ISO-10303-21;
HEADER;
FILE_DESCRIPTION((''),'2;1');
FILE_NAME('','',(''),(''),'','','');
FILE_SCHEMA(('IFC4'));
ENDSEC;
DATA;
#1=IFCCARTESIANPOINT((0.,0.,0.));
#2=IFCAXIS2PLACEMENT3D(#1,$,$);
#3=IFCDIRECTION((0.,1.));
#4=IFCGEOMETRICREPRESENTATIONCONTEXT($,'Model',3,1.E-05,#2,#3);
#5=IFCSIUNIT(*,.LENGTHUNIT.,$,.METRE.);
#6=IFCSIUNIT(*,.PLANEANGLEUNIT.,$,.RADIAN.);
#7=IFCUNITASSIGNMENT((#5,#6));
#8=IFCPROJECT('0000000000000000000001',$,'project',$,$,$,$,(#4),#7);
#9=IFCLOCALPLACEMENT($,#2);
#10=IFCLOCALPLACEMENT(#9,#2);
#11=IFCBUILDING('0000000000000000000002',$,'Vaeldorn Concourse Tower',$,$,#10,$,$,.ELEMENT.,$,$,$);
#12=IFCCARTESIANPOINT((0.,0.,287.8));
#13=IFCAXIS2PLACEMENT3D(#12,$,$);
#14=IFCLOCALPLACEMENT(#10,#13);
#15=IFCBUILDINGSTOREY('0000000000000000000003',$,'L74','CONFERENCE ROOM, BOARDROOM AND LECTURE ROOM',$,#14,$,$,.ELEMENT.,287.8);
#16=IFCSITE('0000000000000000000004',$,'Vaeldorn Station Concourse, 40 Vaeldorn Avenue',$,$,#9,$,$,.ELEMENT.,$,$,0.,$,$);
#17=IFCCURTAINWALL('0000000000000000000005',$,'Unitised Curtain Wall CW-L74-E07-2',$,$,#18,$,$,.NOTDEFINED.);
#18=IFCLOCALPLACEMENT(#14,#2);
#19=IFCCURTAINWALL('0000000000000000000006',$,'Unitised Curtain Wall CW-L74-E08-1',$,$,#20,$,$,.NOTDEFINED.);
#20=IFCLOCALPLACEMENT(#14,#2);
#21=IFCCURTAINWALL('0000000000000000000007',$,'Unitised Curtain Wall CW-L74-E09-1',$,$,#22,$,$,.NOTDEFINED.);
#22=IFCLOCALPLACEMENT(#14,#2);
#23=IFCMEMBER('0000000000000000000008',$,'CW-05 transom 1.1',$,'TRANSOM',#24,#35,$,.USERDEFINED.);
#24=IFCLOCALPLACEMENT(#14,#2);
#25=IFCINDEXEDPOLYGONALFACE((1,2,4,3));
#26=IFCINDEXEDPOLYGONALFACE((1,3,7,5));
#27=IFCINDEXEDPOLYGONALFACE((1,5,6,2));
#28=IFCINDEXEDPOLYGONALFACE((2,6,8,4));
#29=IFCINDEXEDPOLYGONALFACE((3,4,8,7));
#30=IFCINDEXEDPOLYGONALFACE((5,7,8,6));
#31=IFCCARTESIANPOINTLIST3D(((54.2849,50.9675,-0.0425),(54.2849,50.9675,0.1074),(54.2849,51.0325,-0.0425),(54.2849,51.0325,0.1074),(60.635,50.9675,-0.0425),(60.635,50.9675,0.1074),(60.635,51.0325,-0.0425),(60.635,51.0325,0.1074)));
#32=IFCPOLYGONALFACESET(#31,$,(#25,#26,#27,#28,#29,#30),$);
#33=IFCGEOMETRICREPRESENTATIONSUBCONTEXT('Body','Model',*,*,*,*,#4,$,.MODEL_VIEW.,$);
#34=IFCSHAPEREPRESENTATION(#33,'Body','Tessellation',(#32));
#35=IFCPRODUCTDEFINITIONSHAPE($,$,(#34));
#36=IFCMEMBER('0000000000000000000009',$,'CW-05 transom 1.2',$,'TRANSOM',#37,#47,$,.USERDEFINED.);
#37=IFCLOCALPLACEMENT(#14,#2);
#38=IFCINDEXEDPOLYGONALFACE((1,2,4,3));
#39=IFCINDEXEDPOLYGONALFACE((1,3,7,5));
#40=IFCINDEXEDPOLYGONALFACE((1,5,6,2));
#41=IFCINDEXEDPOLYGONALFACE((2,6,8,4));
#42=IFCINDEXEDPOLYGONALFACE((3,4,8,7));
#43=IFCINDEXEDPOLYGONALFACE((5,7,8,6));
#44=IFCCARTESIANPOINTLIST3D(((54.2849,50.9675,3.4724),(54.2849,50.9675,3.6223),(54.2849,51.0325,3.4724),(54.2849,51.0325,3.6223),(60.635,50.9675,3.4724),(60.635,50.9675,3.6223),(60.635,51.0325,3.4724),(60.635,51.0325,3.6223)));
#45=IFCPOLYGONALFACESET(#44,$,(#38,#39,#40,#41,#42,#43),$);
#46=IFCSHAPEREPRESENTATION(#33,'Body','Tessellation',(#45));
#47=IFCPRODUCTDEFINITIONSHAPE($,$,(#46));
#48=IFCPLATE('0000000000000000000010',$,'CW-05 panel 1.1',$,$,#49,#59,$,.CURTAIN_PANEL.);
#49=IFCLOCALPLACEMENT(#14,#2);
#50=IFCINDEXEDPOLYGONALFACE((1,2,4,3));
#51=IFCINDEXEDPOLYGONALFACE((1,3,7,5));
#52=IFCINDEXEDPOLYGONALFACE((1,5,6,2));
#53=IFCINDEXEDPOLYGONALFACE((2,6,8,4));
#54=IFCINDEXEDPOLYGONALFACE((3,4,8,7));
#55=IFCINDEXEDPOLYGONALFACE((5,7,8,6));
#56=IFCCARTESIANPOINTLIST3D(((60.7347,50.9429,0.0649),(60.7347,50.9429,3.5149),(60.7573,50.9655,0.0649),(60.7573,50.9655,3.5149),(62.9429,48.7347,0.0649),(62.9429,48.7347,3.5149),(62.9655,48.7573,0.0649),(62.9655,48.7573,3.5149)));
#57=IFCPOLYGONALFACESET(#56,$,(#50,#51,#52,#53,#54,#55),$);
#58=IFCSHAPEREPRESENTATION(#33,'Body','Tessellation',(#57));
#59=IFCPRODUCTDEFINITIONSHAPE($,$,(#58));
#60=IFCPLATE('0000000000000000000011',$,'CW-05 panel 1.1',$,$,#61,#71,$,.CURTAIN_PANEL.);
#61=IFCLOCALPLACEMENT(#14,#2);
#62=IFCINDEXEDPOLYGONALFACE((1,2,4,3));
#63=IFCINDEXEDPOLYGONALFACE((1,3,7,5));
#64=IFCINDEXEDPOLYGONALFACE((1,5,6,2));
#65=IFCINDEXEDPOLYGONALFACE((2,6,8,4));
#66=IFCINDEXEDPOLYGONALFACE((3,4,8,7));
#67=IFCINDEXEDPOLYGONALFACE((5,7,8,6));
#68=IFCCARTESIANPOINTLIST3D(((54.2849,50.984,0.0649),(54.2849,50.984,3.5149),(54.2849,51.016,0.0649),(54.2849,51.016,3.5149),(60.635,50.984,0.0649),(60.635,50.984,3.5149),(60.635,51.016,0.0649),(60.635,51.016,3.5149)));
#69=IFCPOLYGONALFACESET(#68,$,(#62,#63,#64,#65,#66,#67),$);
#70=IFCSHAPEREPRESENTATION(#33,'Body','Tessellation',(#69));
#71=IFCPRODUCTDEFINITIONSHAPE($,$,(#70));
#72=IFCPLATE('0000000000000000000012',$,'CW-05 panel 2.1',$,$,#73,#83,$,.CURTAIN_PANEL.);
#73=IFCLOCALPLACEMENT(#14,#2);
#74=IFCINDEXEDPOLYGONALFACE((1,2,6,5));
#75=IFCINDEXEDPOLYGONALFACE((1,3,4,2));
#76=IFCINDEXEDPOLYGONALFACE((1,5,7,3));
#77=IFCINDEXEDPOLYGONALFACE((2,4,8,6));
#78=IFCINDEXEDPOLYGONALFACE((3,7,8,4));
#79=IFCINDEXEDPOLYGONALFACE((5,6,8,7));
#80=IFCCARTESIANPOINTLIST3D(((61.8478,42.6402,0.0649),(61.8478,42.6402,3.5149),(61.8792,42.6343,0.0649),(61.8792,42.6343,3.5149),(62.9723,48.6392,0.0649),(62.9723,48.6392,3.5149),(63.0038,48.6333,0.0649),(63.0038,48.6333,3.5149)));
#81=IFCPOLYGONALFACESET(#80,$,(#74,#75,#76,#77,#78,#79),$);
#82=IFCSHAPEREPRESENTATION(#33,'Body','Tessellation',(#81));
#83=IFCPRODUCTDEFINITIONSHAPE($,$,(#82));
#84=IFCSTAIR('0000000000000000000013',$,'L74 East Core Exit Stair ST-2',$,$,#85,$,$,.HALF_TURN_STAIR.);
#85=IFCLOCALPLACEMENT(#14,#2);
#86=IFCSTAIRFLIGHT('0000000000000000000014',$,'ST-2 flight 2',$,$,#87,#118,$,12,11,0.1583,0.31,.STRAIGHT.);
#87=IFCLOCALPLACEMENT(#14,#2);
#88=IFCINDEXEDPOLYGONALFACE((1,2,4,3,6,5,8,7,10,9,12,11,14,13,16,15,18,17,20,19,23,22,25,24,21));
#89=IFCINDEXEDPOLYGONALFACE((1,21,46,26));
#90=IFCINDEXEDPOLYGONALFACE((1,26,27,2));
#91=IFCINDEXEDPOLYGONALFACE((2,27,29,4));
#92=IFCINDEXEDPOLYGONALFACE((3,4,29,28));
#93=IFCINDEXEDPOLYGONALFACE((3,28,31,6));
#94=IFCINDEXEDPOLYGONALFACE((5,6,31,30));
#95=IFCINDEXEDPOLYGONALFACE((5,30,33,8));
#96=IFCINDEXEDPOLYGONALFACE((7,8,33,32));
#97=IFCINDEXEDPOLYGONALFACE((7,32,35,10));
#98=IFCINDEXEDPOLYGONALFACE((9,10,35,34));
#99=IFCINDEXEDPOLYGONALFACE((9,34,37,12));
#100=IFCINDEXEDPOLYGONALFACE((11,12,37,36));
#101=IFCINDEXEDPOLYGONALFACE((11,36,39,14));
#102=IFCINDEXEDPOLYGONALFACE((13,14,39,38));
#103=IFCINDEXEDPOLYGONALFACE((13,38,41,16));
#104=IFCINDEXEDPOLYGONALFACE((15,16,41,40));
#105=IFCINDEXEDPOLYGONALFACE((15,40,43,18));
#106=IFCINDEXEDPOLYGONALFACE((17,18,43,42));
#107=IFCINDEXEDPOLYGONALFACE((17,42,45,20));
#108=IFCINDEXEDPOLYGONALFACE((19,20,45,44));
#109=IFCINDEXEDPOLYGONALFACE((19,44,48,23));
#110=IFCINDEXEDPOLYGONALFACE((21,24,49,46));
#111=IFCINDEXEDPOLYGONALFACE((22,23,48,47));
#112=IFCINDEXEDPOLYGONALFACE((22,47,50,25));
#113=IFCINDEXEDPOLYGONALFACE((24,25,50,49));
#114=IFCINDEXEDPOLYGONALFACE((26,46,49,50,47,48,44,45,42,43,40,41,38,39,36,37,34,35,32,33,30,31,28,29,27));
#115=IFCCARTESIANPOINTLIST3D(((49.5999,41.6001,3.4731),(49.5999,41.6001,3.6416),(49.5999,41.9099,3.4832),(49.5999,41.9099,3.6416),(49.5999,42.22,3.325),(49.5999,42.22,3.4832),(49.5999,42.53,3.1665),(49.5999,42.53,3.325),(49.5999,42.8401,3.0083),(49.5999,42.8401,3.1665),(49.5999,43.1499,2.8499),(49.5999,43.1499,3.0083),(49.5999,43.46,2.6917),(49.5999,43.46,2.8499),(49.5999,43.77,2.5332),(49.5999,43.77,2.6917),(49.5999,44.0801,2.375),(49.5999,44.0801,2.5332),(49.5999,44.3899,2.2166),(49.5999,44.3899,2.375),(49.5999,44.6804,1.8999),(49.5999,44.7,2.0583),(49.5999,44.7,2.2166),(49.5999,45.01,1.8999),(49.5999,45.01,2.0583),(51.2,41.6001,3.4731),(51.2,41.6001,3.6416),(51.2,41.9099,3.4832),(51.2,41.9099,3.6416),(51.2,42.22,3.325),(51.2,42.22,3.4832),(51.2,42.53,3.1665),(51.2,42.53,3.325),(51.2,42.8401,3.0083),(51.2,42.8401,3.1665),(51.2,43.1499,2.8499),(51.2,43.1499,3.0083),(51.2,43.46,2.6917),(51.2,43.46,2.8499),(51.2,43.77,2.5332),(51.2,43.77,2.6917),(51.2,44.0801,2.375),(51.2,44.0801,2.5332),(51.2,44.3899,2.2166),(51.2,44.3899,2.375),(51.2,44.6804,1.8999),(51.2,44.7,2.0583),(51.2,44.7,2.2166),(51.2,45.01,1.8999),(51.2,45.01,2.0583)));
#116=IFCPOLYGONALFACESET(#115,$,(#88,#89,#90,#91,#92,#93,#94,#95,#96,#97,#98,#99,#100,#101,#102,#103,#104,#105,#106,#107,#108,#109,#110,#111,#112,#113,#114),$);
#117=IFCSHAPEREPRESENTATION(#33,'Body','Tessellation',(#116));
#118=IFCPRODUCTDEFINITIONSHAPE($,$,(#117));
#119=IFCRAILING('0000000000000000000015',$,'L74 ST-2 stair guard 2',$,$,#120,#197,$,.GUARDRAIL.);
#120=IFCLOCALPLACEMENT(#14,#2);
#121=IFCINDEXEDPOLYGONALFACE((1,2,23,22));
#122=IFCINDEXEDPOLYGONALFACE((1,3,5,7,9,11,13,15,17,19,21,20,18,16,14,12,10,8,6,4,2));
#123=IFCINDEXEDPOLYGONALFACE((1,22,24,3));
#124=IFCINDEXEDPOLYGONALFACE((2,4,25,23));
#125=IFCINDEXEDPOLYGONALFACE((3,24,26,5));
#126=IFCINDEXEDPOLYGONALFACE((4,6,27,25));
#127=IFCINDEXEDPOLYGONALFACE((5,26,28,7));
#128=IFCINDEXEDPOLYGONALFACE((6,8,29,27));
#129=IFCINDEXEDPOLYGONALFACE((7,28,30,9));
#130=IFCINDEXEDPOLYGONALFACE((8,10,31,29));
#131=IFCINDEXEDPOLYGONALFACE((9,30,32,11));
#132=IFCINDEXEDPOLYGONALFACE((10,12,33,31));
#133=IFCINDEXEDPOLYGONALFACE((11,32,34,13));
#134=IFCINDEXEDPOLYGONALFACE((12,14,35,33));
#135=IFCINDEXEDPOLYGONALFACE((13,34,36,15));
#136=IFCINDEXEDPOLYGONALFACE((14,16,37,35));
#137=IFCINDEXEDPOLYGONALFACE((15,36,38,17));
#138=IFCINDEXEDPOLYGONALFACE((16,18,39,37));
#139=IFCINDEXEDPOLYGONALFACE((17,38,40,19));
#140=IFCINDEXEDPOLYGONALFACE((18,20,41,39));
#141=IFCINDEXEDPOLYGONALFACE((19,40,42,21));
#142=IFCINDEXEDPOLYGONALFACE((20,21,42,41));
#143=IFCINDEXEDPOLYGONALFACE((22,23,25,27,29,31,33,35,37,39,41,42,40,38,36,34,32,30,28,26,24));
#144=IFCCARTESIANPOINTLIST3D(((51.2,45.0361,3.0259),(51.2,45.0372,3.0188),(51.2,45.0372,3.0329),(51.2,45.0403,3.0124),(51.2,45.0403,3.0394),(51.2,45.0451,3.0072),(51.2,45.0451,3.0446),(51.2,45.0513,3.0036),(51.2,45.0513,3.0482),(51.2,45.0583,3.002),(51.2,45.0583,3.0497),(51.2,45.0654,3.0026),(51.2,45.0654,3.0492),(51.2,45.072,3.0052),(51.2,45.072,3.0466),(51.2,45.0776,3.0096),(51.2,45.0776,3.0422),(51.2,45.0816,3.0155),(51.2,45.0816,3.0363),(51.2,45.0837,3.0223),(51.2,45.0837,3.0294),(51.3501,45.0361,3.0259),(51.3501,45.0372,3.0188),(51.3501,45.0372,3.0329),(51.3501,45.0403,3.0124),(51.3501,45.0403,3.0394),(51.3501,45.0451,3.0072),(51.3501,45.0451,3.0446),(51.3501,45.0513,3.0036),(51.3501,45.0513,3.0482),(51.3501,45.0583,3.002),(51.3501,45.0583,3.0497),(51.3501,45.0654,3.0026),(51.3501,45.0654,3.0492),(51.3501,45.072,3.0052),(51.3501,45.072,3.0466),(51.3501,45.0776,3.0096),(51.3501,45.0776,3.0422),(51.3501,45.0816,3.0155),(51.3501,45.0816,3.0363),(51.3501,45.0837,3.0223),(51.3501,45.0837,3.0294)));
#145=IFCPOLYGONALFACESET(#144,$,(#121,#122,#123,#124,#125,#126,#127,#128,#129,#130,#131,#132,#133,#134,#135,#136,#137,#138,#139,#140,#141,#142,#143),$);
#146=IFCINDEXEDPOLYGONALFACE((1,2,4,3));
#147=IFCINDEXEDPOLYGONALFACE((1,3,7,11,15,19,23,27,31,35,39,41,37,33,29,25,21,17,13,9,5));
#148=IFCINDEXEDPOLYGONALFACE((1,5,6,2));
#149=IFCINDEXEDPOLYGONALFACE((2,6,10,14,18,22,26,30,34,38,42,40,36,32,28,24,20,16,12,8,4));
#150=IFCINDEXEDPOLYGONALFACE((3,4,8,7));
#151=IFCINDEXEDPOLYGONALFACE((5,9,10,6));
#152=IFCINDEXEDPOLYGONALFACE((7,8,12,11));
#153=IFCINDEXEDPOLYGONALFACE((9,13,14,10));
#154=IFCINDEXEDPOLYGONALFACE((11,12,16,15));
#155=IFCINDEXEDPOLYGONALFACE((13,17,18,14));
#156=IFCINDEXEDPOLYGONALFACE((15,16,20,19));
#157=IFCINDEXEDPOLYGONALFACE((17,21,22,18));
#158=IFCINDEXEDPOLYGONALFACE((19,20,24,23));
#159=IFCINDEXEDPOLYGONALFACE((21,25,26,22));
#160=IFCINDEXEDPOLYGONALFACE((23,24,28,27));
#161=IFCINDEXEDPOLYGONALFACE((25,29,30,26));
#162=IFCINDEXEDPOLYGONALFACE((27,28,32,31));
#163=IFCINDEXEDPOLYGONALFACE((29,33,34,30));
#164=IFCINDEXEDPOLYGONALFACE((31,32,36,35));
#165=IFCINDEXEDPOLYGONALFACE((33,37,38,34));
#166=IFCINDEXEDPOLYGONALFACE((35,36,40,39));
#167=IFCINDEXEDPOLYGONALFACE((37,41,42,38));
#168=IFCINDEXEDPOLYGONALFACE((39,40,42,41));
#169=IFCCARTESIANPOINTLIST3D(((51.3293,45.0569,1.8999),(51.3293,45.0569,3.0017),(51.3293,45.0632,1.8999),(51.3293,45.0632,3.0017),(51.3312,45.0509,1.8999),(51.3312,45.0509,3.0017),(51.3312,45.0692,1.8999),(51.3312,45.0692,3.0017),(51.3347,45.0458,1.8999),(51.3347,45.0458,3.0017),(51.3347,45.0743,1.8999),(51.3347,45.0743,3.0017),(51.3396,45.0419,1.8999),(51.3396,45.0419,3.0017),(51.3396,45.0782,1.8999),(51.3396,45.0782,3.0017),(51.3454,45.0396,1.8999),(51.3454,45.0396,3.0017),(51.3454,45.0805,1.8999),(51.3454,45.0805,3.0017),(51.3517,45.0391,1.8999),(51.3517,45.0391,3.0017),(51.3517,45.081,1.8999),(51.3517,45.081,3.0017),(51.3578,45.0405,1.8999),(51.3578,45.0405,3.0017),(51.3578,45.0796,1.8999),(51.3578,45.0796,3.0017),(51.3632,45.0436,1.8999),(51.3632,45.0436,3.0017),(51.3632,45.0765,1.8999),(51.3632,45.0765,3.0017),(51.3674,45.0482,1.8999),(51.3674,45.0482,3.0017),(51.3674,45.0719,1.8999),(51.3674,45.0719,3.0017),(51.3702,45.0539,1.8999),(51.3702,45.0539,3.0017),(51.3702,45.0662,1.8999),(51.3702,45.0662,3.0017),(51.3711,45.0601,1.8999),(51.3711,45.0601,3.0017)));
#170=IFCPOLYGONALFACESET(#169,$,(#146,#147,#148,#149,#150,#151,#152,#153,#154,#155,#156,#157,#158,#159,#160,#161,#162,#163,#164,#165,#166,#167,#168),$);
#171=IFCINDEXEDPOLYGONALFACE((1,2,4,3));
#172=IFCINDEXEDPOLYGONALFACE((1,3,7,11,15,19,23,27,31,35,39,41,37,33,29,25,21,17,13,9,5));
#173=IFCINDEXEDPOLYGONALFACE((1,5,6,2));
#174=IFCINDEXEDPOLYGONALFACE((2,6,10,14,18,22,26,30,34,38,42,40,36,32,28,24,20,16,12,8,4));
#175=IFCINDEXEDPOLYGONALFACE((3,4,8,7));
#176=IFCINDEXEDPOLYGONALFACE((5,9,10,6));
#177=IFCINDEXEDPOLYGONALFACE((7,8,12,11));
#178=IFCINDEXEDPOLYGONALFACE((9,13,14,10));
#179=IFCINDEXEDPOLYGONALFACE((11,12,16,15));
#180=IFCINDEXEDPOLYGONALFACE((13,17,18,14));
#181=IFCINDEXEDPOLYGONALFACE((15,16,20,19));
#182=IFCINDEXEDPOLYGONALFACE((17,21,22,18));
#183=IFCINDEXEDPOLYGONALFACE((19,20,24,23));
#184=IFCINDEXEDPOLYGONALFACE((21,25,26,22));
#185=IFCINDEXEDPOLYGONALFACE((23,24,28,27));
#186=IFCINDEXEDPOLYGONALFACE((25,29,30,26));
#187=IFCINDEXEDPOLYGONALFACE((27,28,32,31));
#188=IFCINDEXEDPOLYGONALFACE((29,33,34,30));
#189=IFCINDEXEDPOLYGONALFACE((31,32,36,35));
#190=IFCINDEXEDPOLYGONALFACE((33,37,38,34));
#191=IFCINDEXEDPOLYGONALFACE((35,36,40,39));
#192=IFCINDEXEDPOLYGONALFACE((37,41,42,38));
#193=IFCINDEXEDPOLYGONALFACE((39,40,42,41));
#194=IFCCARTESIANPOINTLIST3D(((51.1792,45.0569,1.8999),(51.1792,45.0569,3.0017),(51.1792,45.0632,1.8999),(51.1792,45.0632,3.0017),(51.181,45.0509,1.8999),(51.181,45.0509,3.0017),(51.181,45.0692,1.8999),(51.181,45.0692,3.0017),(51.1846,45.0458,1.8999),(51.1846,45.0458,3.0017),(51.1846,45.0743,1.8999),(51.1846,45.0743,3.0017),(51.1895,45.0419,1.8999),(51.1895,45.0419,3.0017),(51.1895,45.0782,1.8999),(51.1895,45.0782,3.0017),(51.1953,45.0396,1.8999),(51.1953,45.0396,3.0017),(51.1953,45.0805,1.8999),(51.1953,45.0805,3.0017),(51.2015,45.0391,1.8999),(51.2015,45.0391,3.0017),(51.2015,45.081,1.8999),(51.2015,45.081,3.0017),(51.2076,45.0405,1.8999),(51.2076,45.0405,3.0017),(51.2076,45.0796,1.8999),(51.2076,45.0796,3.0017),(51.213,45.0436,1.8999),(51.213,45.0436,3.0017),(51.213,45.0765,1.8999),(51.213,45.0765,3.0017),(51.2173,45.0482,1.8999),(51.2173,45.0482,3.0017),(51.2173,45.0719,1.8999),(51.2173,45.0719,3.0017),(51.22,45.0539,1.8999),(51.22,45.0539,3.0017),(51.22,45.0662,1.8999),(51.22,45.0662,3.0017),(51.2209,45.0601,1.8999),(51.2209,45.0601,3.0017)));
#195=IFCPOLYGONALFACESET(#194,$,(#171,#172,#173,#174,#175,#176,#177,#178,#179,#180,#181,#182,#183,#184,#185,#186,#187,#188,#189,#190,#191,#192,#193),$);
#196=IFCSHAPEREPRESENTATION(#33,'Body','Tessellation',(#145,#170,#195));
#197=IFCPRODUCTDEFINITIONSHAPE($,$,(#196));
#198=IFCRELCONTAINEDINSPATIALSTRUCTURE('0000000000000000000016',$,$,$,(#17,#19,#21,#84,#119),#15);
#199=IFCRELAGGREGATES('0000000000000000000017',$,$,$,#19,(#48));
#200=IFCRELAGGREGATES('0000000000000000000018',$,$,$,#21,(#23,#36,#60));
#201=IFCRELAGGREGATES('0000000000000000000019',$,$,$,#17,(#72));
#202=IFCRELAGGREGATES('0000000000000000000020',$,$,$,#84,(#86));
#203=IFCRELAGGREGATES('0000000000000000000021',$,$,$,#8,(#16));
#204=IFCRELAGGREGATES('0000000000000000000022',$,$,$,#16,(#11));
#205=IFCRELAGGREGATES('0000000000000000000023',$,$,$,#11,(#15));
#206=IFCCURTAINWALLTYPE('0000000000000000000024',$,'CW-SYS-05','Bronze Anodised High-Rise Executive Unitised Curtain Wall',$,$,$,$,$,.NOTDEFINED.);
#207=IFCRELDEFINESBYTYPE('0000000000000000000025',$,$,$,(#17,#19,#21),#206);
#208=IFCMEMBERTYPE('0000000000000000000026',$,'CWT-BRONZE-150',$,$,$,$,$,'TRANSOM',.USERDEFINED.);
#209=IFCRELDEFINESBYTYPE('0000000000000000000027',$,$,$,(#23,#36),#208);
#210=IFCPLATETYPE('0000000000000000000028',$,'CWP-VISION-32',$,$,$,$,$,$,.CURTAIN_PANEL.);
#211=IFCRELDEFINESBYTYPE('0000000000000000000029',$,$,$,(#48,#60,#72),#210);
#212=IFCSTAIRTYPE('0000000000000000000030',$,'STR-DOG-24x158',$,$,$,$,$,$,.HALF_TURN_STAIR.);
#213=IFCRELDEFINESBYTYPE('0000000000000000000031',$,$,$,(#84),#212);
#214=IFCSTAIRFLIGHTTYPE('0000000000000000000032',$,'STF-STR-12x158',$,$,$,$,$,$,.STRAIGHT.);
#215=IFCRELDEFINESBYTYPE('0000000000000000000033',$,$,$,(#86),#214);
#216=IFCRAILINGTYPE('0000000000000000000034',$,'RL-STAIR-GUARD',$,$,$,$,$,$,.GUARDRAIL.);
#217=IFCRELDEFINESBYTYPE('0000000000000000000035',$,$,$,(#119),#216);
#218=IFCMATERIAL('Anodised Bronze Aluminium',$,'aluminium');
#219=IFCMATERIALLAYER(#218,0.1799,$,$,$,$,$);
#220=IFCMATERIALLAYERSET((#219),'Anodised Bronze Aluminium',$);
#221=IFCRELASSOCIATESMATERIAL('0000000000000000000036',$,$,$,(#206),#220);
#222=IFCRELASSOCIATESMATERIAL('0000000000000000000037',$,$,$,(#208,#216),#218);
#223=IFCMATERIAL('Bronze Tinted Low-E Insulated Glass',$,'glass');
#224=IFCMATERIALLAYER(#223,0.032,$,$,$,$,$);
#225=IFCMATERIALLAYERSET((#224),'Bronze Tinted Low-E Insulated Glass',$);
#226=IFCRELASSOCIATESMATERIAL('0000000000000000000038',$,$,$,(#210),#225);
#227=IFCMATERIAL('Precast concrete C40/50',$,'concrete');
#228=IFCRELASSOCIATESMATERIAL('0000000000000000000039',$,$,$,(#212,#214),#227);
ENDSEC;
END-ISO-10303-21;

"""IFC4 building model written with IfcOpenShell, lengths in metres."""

from ifc_helpers import new_model, si_unit, direction, frame, origin, origin_2d, place, context, subcontext, project, spatial, polyline, rectangle, circle, outline, extrude, source, transform, mapped, material, layer, layer_set, material_profile, profile_set, type_object, element, aggregate, save


model = new_model("IFC4")

# Units and contexts
model_context = context("Model", 3, precision=1e-05, world=origin(), true_north=direction((0.0, 1.0)))
body_context = subcontext(model_context, "Body", "Model", "MODEL_VIEW")
ifc_project = project(units=[si_unit("LENGTHUNIT", "METRE"), si_unit("PLANEANGLEUNIT", "RADIAN")], contexts=[model_context])

# Site, building, storey
site_placement = place(None, origin())
site = spatial("IfcSite", under=ifc_project, at=site_placement, Name="Vaeldorn Station Concourse, 40 Vaeldorn Avenue", CompositionType="ELEMENT", RefElevation=0.0)
building_placement = place(site_placement, origin())
building = spatial("IfcBuilding", under=site, at=building_placement, Name="Vaeldorn Concourse Tower", CompositionType="ELEMENT")
storey_placement = place(building_placement, frame((0.0, 0.0, 287.8)))
storey = spatial("IfcBuildingStorey", under=building, at=storey_placement, Name="L74", Description="CONFERENCE ROOM, BOARDROOM AND LECTURE ROOM", CompositionType="ELEMENT", Elevation=287.8)

# Curtain wall
ifc_material_1 = material(Name="Anodised Bronze Aluminium", Category="aluminium")
ifc_layer_1 = layer(ifc_material_1, 0.1799)
ifc_layer_set_1 = layer_set([ifc_layer_1], Name="Anodised Bronze Aluminium")
curtain_wall_type = type_object("IfcCurtainWallType", Name="CW-SYS-05", Description="Bronze Anodised High-Rise Executive Unitised Curtain Wall", PredefinedType="NOTDEFINED", material=ifc_layer_set_1)
curtain_wall_1_placement = place(storey_placement, origin())
curtain_wall_1 = element("IfcCurtainWall", 1, at=curtain_wall_1_placement, inside=storey, type_object=curtain_wall_type, Name="Unitised Curtain Wall CW-L74-E07-2", PredefinedType="NOTDEFINED")

# Curtain walls
curtain_wall_2_placement = place(storey_placement, origin())
curtain_wall_2 = element("IfcCurtainWall", 2, at=curtain_wall_2_placement, inside=storey, type_object=curtain_wall_type, Name="Unitised Curtain Wall CW-L74-E08-1", PredefinedType="NOTDEFINED")
curtain_wall_3_placement = place(storey_placement, origin())
curtain_wall_3 = element("IfcCurtainWall", 3, at=curtain_wall_3_placement, inside=storey, type_object=curtain_wall_type, Name="Unitised Curtain Wall CW-L74-E09-1", PredefinedType="NOTDEFINED")

# Members
ifc_material_profile_1 = material_profile(ifc_material_1, rectangle(XDim=0.0649, YDim=0.1499, at=origin_2d()), Name="CWT 65x150")
ifc_profile_set_1 = profile_set([ifc_material_profile_1], Name="Anodised Bronze Aluminium")
member_type_1 = type_object("IfcMemberType", Name="CWT-BRONZE-150", ElementType="TRANSOM", PredefinedType="USERDEFINED", material=ifc_profile_set_1)
shared_shape_1 = source(origin(), body_context, "Body", "SweptSolid", [
    extrude(rectangle(XDim=0.0649, YDim=0.1499, at=origin_2d()), origin(), (0.0, 0.0, 1.0), 6.3501),
])
member_1_placement = place(storey_placement, frame((60.635, 51.0, 0.0325), z_axis=(-1.0, 0.0, 0.0), x_axis=(0.0, -1.0, 0.0)))
member_1 = element("IfcMember", 4, at=member_1_placement, type_object=member_type_1, Name="CW-05 transom 1.1", ObjectType="TRANSOM", PredefinedType="USERDEFINED", context=body_context, shape_type="MappedRepresentation", body=[
    mapped(shared_shape_1, transform((0.0, 0.0, 0.0), scale=1.0)),
])
member_2_placement = place(storey_placement, frame((60.635, 51.0, 3.5474), z_axis=(-1.0, 0.0, 0.0), x_axis=(0.0, -1.0, 0.0)))
member_2 = element("IfcMember", 5, at=member_2_placement, type_object=member_type_1, Name="CW-05 transom 1.2", ObjectType="TRANSOM", PredefinedType="USERDEFINED", context=body_context, shape_type="MappedRepresentation", body=[
    mapped(shared_shape_1, transform((0.0, 0.0, 0.0), scale=1.0)),
])

# Plates
ifc_material_2 = material(Name="Bronze Tinted Low-E Insulated Glass", Category="glass")
ifc_layer_2 = layer(ifc_material_2, 0.032)
ifc_layer_set_2 = layer_set([ifc_layer_2], Name="Bronze Tinted Low-E Insulated Glass")
plate_type = type_object("IfcPlateType", Name="CWP-VISION-32", PredefinedType="CURTAIN_PANEL", material=ifc_layer_set_2)
shared_shape_2 = source(origin(), body_context, "Body", "SweptSolid", [
    extrude(rectangle(XDim=3.1228, YDim=0.032, at=origin_2d()), origin(), (0.0, 0.0, 1.0), 3.45),
])
plate_1_placement = place(storey_placement, frame((61.8501, 49.8501, 0.0649), z_axis=(0.0, 0.0, 1.0), x_axis=(-0.707107, 0.707107, 0.0)))
plate_1 = element("IfcPlate", 6, at=plate_1_placement, type_object=plate_type, Name="CW-05 panel 1.1", PredefinedType="CURTAIN_PANEL", context=body_context, shape_type="MappedRepresentation", body=[
    mapped(shared_shape_2, transform((0.0, 0.0, 0.0), scale=1.0)),
])
aggregate(curtain_wall_2, [plate_1])
shared_shape_3 = source(origin(), body_context, "Body", "SweptSolid", [
    extrude(rectangle(XDim=6.3501, YDim=0.032, at=origin_2d()), origin(), (0.0, 0.0, 1.0), 3.45),
])
plate_2_placement = place(storey_placement, frame((57.46, 51.0, 0.0649), z_axis=(0.0, 0.0, 1.0), x_axis=(-1.0, 0.0, 0.0)))
plate_2 = element("IfcPlate", 7, at=plate_2_placement, type_object=plate_type, Name="CW-05 panel 1.1", PredefinedType="CURTAIN_PANEL", context=body_context, shape_type="MappedRepresentation", body=[
    mapped(shared_shape_3, transform((0.0, 0.0, 0.0), scale=1.0)),
])
aggregate(curtain_wall_3, [member_1, member_2, plate_2])
shared_shape_4 = source(origin(), body_context, "Body", "SweptSolid", [
    extrude(rectangle(XDim=6.1035, YDim=0.032, at=origin_2d()), origin(), (0.0, 0.0, 1.0), 3.45),
])
plate_3_placement = place(storey_placement, frame((62.4258, 45.6367, 0.0649), z_axis=(0.0, 0.0, 1.0), x_axis=(0.184246, 0.98288, 0.0)))
plate_3 = element("IfcPlate", 8, at=plate_3_placement, type_object=plate_type, Name="CW-05 panel 2.1", PredefinedType="CURTAIN_PANEL", context=body_context, shape_type="MappedRepresentation", body=[
    mapped(shared_shape_4, transform((0.0, 0.0, 0.0), scale=1.0)),
])
aggregate(curtain_wall_1, [plate_3])

# Stair, stair flight
ifc_material_3 = material(Name="Precast concrete C40/50", Category="concrete")
stair_type = type_object("IfcStairType", Name="STR-DOG-24x158", PredefinedType="HALF_TURN_STAIR", material=ifc_material_3)
stair_placement = place(storey_placement, origin())
stair = element("IfcStair", 9, at=stair_placement, inside=storey, type_object=stair_type, Name="L74 East Core Exit Stair ST-2", PredefinedType="HALF_TURN_STAIR")
stair_flight_type = type_object("IfcStairFlightType", Name="STF-STR-12x158", PredefinedType="STRAIGHT", material=ifc_material_3)
stair_flight_placement = place(storey_placement, frame((50.3999, 45.01, 1.8999), z_axis=(0.0, 0.0, 1.0), x_axis=(0.0, -1.0, 0.0)))
stair_flight = element("IfcStairFlight", 10, at=stair_flight_placement, type_object=stair_flight_type, Name="ST-2 flight 2", NumberOfRisers=12, NumberOfTreads=11, PredefinedType="STRAIGHT", RiserHeight=0.1583, TreadLength=0.31, context=body_context, shape_type="SweptSolid", body=[
    extrude(outline(polyline([(0.0, 0.0), (0.0, 0.1584), (0.3101, 0.1584), (0.3101, 0.3167), (0.6201, 0.3167), (0.6201, 0.4751), (0.9299, 0.4751), (0.9299, 0.6333), (1.24, 0.6333), (1.24, 0.7917), (1.55, 0.7917), (1.55, 0.95), (1.8601, 0.95), (1.8601, 1.1084), (2.1699, 1.1084), (2.1699, 1.2666), (2.48, 1.2666), (2.48, 1.425), (2.79, 1.425), (2.79, 1.5833), (3.1001, 1.5833), (3.1001, 1.7417), (3.4099, 1.7417), (3.4099, 1.8999), (3.4099, 1.5732), (0.3296, 0.0), (0.0, 0.0)])), frame((0.0, 0.8, 0.0), z_axis=(0.0, -1.0, 0.0), x_axis=(1.0, 0.0, 0.0)), (0.0, 0.0, 1.0), 1.6001),
])
aggregate(stair, [stair_flight])

# Railing
railing_type_1 = type_object("IfcRailingType", Name="RL-STAIR-GUARD", PredefinedType="GUARDRAIL", material=ifc_material_1)
railing_1_placement = place(storey_placement, frame((51.3501, 45.0601, 1.8999)))
element("IfcRailing", 11, at=railing_1_placement, inside=storey, type_object=railing_type_1, Name="L74 ST-2 stair guard 2", PredefinedType="GUARDRAIL", context=body_context, shape_type="SweptSolid", body=[
    extrude(circle(Radius=0.0239, at=origin_2d()), frame((0.0, 0.0, 1.126), z_axis=(-1.0, 0.0, 0.0), x_axis=(0.0, -1.0, 0.0)), (0.0, 0.0, 1.0), 0.1501),
    extrude(circle(Radius=0.021, at=origin_2d()), origin(), (0.0, 0.0, 1.0), 1.1018),
    extrude(circle(Radius=0.021, at=origin_2d()), frame((-0.1501, 0.0, 0.0)), (0.0, 0.0, 1.0), 1.1018),
])

save(model, "model.ifc")
